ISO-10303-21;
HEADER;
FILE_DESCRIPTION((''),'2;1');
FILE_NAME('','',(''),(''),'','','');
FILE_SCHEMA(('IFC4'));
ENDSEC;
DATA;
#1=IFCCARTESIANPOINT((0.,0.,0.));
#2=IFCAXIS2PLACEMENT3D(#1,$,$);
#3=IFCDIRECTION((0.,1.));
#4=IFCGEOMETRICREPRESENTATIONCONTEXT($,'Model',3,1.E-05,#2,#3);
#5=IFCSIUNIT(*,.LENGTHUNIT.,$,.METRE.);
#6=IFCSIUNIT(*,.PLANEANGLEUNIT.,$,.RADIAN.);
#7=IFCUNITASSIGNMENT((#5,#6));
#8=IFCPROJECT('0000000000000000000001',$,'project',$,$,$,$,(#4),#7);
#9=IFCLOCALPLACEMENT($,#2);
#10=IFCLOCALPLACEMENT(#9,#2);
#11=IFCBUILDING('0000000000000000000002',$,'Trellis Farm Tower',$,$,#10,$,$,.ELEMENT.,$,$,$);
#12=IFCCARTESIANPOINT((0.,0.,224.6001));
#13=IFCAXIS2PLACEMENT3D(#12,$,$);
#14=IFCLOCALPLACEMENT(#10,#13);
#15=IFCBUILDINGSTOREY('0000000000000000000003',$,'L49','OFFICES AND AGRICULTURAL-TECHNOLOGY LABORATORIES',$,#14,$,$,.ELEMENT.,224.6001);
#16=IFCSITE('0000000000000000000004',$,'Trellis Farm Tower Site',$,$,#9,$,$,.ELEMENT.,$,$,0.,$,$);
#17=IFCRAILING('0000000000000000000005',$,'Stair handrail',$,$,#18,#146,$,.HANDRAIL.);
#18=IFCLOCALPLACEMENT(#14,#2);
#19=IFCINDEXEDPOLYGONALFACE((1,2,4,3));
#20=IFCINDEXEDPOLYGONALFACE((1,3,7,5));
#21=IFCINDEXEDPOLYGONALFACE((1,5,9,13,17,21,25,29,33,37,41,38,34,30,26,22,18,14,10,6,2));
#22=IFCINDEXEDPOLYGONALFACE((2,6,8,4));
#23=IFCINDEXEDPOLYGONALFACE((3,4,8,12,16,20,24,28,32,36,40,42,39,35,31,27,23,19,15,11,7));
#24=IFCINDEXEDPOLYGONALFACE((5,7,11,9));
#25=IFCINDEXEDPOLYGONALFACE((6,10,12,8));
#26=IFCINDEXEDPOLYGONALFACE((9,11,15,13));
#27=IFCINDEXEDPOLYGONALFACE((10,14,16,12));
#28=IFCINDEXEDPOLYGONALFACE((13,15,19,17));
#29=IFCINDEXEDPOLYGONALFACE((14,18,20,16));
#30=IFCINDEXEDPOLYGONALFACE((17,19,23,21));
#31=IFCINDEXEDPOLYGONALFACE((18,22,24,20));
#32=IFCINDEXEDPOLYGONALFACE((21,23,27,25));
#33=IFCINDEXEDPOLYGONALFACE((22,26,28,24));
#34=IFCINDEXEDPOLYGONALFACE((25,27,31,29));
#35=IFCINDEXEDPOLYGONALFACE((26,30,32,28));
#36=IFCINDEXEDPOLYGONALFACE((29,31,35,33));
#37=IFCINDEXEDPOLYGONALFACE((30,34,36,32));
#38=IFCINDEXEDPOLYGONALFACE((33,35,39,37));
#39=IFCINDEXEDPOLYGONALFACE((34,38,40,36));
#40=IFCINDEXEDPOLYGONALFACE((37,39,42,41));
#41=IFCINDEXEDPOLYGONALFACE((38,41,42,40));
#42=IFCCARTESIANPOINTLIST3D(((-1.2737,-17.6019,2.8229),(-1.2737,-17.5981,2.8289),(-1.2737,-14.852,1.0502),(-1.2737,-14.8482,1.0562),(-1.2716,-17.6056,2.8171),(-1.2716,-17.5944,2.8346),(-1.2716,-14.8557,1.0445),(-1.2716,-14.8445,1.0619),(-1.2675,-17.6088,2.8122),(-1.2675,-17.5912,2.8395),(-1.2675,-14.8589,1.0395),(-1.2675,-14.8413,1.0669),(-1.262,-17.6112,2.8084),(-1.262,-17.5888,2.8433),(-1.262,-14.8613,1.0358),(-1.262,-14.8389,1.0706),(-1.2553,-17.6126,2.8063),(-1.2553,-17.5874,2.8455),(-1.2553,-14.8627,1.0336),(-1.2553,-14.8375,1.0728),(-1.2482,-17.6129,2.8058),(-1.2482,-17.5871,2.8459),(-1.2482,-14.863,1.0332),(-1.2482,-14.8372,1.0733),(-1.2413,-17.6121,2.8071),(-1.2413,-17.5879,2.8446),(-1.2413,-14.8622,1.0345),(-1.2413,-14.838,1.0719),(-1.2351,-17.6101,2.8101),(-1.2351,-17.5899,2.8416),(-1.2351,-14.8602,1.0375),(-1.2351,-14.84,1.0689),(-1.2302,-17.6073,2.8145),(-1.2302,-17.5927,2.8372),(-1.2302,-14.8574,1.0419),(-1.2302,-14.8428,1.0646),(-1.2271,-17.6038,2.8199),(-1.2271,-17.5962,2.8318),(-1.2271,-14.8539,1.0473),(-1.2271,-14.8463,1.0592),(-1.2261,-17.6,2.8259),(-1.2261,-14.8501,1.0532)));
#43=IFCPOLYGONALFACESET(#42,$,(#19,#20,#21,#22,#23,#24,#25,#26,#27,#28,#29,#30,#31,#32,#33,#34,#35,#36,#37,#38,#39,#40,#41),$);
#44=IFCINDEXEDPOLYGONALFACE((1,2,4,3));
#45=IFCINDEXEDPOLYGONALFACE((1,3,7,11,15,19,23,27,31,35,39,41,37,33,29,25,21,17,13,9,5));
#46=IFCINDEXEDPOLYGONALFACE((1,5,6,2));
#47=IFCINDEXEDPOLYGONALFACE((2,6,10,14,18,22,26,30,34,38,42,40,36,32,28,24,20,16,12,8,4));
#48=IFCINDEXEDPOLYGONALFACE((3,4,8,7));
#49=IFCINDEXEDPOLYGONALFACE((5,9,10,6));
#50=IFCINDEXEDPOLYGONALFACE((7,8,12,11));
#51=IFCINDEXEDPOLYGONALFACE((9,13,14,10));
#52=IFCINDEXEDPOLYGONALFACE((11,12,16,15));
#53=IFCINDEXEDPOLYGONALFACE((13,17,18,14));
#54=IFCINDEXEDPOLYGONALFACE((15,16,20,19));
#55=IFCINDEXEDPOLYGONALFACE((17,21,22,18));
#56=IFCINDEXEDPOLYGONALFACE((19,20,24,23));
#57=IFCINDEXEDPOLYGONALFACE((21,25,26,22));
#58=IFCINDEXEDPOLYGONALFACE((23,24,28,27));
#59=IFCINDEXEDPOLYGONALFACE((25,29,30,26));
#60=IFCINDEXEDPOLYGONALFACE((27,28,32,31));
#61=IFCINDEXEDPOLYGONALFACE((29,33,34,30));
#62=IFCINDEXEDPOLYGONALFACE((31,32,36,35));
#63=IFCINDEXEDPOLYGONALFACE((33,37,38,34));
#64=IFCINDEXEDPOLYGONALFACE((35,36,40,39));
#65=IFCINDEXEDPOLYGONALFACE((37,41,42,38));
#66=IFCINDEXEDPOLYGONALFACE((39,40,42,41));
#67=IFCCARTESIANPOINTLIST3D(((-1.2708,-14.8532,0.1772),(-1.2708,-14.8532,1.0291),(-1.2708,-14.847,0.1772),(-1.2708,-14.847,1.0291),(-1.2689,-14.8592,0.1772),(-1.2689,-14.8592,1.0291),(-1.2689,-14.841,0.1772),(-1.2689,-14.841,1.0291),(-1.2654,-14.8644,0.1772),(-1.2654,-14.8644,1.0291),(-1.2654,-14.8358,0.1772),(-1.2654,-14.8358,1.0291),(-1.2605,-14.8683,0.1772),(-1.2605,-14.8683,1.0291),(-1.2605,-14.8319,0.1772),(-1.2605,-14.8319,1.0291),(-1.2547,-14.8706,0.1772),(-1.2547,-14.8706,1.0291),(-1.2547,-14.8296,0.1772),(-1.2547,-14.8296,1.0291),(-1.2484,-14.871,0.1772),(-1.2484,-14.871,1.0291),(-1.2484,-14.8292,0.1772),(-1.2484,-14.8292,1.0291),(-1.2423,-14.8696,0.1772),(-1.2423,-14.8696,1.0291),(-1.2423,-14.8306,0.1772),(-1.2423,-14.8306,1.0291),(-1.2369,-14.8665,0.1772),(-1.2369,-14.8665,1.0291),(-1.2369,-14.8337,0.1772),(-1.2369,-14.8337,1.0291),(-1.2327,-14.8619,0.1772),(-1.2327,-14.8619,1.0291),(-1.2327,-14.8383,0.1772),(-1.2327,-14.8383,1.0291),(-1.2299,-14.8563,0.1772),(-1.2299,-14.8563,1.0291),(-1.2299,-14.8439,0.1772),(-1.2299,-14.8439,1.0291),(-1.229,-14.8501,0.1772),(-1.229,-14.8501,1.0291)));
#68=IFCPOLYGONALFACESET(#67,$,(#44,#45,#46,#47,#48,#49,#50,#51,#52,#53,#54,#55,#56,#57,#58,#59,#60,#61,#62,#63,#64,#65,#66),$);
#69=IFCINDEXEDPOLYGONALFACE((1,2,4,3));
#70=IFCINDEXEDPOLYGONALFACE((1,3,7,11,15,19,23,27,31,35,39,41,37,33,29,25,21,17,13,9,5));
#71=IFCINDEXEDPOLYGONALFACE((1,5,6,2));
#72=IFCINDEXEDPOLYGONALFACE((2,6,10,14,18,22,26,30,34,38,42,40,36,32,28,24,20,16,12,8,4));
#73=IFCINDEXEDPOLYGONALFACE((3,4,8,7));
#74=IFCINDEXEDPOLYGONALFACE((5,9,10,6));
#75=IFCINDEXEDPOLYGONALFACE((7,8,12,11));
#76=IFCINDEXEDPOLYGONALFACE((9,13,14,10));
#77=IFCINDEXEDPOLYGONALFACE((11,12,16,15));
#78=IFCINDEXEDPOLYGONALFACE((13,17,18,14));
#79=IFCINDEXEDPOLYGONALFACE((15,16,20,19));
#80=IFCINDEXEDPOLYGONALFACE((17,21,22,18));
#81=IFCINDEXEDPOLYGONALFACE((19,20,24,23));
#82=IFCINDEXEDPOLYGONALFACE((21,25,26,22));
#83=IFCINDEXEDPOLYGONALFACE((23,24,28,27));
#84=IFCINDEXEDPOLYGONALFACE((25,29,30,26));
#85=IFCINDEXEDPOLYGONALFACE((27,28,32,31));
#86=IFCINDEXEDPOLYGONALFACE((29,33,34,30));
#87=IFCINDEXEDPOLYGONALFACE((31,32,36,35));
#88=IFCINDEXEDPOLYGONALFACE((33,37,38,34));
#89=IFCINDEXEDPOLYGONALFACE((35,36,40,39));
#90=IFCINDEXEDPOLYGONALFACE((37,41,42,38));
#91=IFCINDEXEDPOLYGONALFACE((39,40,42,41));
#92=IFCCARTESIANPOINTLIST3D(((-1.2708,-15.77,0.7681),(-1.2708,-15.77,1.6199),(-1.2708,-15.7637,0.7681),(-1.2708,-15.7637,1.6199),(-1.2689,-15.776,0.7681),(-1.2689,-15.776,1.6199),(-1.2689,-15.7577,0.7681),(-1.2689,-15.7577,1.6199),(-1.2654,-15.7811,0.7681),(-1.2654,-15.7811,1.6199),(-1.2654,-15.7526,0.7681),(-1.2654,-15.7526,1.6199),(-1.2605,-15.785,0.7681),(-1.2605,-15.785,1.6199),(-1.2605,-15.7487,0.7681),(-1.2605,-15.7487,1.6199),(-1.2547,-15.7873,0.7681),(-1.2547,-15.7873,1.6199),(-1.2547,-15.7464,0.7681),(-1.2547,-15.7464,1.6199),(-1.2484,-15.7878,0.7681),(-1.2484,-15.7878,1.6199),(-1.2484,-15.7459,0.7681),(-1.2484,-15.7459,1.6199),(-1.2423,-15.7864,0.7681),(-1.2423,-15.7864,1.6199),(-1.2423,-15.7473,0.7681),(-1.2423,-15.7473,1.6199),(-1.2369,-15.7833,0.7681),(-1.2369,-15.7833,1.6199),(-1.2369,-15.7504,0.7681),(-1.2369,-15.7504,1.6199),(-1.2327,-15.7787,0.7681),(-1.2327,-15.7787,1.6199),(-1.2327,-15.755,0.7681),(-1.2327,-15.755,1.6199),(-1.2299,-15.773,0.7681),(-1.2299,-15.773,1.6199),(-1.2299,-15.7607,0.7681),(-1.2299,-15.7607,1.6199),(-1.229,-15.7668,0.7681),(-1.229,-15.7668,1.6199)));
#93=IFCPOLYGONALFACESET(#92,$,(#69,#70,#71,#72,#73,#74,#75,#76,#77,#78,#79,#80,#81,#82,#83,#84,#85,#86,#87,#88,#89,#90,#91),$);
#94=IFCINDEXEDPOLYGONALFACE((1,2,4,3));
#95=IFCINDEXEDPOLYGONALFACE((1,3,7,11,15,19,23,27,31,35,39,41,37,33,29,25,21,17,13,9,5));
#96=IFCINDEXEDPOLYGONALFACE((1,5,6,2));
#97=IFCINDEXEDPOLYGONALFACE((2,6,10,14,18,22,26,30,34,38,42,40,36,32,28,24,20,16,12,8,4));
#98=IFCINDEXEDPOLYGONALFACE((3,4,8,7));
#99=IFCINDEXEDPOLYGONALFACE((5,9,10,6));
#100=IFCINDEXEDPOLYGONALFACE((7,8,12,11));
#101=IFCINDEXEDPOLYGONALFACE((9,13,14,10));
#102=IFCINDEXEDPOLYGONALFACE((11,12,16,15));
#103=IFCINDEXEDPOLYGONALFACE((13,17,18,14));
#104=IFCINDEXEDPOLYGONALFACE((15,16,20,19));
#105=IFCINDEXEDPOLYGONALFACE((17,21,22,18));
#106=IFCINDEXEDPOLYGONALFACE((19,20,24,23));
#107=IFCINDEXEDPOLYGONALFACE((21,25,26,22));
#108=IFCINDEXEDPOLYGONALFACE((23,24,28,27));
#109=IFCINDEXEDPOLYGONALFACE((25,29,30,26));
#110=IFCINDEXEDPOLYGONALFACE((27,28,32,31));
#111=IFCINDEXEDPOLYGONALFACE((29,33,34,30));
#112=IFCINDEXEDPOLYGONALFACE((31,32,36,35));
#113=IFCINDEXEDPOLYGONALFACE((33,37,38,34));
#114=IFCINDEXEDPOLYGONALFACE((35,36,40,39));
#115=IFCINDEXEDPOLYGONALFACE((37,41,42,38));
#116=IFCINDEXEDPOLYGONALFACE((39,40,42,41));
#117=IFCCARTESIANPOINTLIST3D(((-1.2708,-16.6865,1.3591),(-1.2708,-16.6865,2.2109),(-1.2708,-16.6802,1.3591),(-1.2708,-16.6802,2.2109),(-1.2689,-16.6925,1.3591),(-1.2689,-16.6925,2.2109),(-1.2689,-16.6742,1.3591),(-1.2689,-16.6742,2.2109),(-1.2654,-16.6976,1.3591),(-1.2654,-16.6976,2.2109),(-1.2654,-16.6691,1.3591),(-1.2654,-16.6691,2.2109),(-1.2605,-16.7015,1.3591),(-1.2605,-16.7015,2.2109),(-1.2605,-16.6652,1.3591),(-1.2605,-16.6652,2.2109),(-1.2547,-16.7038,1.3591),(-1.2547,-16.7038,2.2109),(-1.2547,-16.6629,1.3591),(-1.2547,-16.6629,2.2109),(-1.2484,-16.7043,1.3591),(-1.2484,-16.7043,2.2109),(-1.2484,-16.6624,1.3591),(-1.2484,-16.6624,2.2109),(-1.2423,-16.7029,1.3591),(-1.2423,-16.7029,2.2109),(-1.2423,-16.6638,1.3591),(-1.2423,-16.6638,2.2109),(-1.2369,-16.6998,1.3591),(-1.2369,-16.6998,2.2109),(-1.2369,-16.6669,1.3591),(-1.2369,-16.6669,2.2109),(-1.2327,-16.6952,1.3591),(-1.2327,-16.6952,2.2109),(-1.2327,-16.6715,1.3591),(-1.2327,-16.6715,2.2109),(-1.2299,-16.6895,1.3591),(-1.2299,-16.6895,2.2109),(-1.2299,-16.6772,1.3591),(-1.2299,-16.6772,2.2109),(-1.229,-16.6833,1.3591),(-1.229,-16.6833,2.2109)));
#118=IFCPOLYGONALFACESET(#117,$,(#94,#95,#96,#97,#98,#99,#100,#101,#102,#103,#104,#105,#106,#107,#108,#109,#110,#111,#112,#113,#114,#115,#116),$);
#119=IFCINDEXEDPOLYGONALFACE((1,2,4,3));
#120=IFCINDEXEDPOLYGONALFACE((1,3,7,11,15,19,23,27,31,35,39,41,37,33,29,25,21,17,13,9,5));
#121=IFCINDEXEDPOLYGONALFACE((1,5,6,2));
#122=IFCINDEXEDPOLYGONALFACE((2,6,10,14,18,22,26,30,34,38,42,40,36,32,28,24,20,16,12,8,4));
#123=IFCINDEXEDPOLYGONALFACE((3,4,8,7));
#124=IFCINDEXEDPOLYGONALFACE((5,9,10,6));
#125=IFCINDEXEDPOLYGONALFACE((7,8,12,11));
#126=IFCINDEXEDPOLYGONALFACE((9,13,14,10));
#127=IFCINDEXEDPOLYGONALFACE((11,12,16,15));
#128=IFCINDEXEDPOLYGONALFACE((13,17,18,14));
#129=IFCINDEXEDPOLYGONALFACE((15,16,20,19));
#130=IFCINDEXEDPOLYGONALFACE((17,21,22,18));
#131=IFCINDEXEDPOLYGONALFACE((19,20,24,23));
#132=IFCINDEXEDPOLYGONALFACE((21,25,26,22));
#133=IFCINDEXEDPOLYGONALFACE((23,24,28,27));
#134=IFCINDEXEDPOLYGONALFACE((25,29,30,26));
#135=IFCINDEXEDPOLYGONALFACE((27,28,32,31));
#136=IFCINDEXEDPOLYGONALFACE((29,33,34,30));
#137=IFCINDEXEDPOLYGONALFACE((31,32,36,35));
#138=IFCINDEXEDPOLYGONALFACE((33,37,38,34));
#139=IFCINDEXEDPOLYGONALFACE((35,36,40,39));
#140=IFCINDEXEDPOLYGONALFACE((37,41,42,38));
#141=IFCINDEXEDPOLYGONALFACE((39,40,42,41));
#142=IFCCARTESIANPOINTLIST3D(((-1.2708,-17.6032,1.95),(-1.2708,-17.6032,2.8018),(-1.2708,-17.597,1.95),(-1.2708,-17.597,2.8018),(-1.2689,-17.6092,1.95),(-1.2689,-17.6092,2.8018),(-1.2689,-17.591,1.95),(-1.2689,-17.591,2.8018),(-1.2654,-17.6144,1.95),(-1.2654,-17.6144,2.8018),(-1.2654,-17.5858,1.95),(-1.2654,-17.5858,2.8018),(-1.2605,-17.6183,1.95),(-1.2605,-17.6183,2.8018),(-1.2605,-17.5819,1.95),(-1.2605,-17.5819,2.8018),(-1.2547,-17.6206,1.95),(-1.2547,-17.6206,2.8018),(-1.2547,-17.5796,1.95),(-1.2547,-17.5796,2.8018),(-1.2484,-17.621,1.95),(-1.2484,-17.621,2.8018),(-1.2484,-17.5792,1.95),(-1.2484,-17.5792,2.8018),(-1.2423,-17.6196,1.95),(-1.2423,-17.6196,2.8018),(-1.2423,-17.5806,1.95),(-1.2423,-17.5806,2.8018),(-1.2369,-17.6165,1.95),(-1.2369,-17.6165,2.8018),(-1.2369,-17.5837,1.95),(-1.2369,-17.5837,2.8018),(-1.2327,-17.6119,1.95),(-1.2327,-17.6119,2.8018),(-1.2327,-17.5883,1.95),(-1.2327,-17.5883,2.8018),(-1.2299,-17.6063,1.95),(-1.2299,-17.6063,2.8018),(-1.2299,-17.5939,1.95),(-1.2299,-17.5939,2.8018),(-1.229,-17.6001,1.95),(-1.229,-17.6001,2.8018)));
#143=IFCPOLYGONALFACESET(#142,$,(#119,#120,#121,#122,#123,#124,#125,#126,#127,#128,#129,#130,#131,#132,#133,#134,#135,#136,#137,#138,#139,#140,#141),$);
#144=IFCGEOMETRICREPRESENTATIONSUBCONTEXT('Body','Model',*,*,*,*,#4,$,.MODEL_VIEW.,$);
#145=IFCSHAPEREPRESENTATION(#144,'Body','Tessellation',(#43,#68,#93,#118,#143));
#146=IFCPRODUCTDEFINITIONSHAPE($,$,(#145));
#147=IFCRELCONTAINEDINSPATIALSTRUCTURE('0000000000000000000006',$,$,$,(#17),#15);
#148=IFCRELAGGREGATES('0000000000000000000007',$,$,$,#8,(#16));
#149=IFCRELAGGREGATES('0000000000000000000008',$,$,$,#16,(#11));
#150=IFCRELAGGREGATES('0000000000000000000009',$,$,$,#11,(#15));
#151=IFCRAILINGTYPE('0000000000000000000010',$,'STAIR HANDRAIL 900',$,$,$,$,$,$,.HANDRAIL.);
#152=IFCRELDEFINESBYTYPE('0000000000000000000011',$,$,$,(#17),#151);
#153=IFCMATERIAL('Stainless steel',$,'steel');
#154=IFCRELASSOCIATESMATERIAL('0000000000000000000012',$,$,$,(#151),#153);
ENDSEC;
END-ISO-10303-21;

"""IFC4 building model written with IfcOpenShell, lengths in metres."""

from ifc_helpers import new_model, si_unit, direction, frame, origin, origin_2d, place, context, subcontext, project, spatial, circle, extrude, source, transform, mapped, material, type_object, element, save


model = new_model("IFC4")

# Units and contexts
model_context = context("Model", 3, precision=1e-05, world=origin(), true_north=direction((0.0, 1.0)))
body_context = subcontext(model_context, "Body", "Model", "MODEL_VIEW")
ifc_project = project(units=[si_unit("LENGTHUNIT", "METRE"), si_unit("PLANEANGLEUNIT", "RADIAN")], contexts=[model_context])

# Site, building, storey
site_placement = place(None, origin())
site = spatial("IfcSite", under=ifc_project, at=site_placement, Name="Trellis Farm Tower Site", CompositionType="ELEMENT", RefElevation=0.0)
building_placement = place(site_placement, origin())
building = spatial("IfcBuilding", under=site, at=building_placement, Name="Trellis Farm Tower", CompositionType="ELEMENT")
storey_placement = place(building_placement, frame((0.0, 0.0, 224.6001)))
storey = spatial("IfcBuildingStorey", under=building, at=storey_placement, Name="L49", Description="OFFICES AND AGRICULTURAL-TECHNOLOGY LABORATORIES", CompositionType="ELEMENT", Elevation=224.6001)

# Railing
ifc_material_1 = material(Name="Stainless steel", Category="steel")
railing_type = type_object("IfcRailingType", Name="STAIR HANDRAIL 900", PredefinedType="HANDRAIL", material=ifc_material_1)
shared_shape_1 = source(origin(), body_context, "Body", "SweptSolid", [
    extrude(circle(Radius=0.0239, at=origin_2d()), frame((0.0, 0.0, 0.876), z_axis=(0.0, -0.840504, 0.541806), x_axis=(1.0, 0.0, 0.0)), (0.0, 0.0, 1.0), 3.2717),
    extrude(circle(Radius=0.021, at=origin_2d()), origin(), (0.0, 0.0, 1.0), 0.8518),
    extrude(circle(Radius=0.021, at=origin_2d()), frame((0.0, -0.9167, 0.5908)), (0.0, 0.0, 1.0), 0.8518),
    extrude(circle(Radius=0.021, at=origin_2d()), frame((0.0, -1.8333, 1.1819)), (0.0, 0.0, 1.0), 0.8518),
    extrude(circle(Radius=0.021, at=origin_2d()), frame((0.0, -2.75, 1.7727)), (0.0, 0.0, 1.0), 0.8518),
])
railing_placement = place(storey_placement, frame((-1.25, -14.8501, 0.1772)))
element("IfcRailing", 1, at=railing_placement, inside=storey, type_object=railing_type, Name="Stair handrail", PredefinedType="HANDRAIL", context=body_context, shape_type="MappedRepresentation", body=[
    mapped(shared_shape_1, transform((0.0, 0.0, 0.0))),
])

save(model, "model.ifc")
